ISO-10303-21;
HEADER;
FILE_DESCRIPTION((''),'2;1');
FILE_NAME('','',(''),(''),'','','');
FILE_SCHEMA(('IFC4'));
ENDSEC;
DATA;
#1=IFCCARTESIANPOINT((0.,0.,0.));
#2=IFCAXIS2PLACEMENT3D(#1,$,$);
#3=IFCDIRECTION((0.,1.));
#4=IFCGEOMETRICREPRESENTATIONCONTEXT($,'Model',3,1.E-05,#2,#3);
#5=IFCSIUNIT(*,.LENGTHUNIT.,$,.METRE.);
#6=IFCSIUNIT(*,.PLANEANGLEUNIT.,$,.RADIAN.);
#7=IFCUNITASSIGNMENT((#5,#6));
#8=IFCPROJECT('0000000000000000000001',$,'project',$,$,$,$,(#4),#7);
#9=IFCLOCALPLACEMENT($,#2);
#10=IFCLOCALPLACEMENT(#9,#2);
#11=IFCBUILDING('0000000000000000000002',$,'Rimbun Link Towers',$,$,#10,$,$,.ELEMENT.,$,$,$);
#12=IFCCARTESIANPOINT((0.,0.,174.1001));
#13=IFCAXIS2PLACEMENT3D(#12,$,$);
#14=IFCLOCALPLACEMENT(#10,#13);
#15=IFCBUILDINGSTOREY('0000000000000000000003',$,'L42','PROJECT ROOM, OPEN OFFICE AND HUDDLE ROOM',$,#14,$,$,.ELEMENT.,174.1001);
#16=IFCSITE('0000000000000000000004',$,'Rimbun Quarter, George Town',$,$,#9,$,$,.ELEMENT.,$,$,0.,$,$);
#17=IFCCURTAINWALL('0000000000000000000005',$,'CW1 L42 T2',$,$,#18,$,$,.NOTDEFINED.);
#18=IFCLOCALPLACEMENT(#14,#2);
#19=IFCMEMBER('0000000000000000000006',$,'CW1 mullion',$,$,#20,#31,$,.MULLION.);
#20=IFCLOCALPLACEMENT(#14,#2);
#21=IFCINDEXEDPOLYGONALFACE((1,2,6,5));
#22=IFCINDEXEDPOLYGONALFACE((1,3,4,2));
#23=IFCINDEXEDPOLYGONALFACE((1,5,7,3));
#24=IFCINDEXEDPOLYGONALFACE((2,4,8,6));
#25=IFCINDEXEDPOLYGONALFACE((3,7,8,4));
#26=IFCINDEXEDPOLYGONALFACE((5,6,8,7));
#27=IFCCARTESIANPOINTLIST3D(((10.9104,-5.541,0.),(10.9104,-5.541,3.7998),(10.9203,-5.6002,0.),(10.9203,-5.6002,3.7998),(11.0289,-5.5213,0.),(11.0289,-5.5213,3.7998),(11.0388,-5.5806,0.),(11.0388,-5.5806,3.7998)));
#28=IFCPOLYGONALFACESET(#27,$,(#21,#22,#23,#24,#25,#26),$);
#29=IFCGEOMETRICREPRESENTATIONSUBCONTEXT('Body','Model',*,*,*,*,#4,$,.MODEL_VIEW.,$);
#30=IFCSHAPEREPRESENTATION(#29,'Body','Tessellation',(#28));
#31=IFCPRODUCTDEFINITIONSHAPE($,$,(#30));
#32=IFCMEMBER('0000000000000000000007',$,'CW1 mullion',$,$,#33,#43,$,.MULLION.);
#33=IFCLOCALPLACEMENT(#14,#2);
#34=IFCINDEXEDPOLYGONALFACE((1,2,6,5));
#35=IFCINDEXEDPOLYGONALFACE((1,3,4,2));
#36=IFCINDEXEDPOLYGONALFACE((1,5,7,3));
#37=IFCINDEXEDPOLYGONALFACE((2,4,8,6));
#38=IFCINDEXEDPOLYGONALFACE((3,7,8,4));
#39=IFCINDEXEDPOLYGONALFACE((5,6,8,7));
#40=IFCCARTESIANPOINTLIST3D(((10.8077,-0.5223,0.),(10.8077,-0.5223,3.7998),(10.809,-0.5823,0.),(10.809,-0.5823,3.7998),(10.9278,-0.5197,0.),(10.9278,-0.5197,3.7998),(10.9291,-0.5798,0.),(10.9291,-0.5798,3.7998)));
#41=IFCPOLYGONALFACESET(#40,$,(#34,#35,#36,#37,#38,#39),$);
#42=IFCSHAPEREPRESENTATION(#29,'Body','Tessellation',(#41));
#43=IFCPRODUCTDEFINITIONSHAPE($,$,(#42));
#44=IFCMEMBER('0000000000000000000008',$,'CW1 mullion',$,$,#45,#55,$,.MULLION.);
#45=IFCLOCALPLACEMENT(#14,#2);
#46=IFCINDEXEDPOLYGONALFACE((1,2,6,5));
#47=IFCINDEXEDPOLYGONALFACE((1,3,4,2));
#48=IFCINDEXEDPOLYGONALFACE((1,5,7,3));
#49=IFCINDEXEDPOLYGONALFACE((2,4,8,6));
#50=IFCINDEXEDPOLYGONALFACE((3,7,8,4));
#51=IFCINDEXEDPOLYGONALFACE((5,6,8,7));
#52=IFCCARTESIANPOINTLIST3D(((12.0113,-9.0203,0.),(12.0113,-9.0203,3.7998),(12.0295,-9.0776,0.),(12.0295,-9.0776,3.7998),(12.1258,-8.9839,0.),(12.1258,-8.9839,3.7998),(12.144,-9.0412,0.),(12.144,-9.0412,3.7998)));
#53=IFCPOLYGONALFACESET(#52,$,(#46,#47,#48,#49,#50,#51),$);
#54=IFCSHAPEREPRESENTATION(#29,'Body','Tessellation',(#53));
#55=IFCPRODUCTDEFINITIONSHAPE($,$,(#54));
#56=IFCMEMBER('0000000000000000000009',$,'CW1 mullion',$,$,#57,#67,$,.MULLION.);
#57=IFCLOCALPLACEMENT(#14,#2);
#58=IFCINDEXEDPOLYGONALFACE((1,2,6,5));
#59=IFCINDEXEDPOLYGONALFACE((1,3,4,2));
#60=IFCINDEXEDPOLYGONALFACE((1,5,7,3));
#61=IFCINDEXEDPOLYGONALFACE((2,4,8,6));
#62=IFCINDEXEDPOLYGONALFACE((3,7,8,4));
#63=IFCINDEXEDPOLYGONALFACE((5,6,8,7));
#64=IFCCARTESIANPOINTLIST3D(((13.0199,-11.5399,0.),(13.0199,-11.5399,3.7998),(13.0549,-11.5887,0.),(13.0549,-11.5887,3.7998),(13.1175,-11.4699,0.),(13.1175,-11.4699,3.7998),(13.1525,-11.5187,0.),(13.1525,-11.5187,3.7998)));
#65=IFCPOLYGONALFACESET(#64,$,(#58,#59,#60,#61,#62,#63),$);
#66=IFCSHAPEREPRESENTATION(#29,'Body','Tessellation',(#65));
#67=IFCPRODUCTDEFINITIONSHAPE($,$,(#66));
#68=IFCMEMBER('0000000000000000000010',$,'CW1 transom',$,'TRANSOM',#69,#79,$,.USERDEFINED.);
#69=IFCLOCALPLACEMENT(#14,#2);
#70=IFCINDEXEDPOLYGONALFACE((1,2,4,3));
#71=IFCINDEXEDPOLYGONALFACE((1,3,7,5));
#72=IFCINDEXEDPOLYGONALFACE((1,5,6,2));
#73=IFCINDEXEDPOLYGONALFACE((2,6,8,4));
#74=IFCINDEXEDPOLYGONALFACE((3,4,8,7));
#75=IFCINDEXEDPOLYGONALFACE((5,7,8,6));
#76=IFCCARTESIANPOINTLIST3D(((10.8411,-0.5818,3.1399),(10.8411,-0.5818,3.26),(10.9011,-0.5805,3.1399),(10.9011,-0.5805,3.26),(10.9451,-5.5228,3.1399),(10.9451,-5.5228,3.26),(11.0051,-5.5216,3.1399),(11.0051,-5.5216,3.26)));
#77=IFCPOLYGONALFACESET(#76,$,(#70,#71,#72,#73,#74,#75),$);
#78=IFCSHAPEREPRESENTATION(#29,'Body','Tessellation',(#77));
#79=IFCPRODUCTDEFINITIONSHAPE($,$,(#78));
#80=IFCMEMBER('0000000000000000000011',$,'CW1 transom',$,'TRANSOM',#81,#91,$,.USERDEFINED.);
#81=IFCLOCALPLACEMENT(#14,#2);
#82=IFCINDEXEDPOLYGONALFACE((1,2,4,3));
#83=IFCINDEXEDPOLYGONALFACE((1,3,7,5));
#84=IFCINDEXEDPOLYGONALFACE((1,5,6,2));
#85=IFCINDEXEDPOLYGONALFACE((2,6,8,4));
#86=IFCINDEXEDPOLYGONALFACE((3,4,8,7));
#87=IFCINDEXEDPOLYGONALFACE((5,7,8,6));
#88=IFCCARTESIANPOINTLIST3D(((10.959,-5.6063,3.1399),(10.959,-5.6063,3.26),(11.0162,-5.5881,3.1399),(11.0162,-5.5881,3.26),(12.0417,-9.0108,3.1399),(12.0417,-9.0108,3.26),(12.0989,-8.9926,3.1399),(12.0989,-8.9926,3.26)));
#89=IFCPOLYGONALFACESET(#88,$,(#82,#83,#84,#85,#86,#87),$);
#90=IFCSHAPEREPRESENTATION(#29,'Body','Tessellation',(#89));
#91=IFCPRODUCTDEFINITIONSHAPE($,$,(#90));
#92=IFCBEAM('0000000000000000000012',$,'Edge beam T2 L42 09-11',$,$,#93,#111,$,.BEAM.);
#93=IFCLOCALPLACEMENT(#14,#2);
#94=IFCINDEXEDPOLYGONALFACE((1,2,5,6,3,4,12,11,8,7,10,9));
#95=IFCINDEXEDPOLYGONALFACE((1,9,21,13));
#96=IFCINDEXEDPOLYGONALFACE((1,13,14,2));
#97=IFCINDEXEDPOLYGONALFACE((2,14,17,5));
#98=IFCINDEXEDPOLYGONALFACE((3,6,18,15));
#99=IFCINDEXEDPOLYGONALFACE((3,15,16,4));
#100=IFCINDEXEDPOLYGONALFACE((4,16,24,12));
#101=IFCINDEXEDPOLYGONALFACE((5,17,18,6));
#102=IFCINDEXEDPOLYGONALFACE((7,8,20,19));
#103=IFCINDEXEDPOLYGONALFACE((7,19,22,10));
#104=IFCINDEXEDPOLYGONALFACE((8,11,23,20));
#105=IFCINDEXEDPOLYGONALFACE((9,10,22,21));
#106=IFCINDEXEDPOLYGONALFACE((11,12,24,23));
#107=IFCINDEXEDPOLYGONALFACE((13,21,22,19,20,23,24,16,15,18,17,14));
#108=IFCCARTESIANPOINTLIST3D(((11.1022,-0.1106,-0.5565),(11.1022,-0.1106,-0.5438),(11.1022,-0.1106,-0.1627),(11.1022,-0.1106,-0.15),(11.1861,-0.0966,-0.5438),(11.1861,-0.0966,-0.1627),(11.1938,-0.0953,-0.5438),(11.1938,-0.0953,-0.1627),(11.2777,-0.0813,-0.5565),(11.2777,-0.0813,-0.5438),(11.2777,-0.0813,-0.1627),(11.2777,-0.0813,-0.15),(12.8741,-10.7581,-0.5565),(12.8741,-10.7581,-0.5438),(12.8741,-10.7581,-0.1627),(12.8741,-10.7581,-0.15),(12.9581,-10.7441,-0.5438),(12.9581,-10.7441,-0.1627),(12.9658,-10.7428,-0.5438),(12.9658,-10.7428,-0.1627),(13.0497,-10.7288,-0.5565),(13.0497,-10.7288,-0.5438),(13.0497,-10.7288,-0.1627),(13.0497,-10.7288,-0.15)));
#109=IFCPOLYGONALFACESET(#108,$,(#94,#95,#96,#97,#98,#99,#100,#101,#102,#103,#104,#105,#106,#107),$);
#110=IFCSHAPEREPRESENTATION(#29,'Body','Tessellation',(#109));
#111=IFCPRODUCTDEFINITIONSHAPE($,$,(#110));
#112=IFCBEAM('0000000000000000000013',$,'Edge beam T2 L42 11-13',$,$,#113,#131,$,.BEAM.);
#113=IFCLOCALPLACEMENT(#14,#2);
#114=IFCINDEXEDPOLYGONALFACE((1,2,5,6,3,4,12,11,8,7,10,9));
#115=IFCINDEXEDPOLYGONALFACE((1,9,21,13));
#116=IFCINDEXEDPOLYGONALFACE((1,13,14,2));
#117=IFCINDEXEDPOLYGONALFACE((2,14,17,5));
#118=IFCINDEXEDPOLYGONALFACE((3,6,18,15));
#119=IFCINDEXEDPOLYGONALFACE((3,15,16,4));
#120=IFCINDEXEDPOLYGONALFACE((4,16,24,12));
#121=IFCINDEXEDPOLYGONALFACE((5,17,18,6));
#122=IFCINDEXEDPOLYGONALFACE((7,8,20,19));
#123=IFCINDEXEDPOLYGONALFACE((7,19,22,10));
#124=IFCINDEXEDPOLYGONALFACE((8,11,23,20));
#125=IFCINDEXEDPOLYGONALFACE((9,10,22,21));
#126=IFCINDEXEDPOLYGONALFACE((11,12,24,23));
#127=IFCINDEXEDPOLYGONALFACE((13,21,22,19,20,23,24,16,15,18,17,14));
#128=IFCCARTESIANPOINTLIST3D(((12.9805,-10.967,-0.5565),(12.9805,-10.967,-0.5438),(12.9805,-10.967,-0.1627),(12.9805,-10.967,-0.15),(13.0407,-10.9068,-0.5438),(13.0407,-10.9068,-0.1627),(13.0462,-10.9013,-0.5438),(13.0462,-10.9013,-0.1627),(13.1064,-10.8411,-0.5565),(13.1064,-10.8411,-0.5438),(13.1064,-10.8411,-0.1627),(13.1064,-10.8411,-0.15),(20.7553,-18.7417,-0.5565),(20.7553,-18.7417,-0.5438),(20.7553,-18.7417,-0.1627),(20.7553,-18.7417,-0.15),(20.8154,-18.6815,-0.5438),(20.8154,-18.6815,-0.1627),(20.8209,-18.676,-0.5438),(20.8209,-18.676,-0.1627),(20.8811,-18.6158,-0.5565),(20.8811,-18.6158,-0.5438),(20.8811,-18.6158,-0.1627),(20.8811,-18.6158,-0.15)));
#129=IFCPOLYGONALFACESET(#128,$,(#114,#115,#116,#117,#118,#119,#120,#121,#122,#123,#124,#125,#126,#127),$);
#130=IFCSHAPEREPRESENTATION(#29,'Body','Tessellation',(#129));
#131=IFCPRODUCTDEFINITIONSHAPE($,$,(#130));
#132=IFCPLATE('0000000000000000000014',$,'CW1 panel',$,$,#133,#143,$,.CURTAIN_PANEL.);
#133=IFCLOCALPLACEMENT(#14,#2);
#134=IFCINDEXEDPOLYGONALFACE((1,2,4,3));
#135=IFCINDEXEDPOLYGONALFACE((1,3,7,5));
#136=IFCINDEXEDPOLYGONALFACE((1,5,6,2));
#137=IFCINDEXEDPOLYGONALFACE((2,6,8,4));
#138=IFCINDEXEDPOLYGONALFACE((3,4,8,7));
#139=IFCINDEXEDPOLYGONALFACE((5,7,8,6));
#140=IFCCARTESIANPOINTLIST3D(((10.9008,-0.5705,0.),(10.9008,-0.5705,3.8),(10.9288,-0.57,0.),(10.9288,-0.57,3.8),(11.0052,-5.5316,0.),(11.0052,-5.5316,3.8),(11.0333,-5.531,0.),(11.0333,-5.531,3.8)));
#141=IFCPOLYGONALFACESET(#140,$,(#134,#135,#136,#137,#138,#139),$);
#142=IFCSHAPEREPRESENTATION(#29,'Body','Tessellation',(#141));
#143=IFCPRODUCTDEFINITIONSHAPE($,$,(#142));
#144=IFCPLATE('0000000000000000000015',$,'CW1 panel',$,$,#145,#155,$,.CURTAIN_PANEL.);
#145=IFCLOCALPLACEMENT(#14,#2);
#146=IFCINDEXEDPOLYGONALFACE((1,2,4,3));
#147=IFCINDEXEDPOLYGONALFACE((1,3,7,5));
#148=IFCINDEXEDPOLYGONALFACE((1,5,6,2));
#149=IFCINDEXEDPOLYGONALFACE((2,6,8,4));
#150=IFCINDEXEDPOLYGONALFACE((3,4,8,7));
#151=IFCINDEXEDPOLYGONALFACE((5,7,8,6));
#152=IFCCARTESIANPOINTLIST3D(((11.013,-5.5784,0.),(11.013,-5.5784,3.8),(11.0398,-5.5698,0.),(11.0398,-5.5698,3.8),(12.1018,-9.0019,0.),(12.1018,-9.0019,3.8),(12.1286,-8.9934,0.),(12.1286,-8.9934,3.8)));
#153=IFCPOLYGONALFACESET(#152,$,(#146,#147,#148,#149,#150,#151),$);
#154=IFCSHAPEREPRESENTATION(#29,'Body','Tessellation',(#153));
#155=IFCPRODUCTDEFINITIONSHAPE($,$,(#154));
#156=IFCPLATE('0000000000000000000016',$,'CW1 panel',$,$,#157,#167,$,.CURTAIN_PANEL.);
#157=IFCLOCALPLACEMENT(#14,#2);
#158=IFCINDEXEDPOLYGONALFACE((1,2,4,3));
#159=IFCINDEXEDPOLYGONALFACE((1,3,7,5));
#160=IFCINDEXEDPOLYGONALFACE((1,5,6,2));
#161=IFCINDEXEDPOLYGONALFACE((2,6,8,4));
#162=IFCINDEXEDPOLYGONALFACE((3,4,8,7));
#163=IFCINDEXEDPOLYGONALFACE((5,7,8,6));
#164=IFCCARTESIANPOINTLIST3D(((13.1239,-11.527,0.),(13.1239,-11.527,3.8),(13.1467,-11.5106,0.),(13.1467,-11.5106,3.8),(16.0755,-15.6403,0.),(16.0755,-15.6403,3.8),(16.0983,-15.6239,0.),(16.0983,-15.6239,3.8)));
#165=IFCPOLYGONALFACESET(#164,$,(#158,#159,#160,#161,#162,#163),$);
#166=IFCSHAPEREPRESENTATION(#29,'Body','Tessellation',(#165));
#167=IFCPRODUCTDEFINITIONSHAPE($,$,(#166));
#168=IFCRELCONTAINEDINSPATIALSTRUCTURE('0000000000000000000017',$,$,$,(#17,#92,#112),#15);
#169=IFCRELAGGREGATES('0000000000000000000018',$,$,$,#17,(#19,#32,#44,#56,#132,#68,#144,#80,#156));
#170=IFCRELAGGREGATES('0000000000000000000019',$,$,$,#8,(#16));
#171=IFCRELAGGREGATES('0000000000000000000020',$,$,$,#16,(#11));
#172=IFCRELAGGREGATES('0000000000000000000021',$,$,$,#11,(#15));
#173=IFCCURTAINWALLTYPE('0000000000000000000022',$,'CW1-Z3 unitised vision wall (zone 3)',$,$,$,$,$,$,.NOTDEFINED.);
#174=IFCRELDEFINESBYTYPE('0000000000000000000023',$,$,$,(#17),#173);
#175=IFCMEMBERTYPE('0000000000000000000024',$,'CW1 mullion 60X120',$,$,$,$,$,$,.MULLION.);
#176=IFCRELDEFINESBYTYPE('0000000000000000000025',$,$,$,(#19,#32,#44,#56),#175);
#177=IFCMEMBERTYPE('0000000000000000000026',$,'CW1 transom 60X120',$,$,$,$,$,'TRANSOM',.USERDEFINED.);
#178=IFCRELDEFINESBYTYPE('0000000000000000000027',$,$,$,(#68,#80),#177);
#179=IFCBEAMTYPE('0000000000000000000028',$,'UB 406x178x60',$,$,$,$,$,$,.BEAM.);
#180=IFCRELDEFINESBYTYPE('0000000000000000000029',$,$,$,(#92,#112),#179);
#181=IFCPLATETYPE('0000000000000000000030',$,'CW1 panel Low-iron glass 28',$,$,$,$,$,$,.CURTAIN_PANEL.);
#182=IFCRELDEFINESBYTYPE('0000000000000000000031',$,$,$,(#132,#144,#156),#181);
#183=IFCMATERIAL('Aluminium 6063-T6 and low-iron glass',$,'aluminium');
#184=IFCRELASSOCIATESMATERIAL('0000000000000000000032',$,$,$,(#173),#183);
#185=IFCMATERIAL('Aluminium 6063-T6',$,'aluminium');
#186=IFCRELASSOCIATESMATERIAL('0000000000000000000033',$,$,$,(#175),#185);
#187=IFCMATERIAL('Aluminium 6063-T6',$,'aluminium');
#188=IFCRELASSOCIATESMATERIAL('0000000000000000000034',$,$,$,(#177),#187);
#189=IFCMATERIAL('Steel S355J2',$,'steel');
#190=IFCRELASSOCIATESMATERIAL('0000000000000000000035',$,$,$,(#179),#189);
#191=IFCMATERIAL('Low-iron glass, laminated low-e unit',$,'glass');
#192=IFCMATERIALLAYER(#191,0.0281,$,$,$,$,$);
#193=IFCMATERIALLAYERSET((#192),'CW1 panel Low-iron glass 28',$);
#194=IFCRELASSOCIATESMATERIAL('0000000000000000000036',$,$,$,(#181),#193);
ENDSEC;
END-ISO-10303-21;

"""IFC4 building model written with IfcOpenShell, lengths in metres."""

from ifc_helpers import new_model, si_unit, direction, frame, origin, origin_2d, place, context, subcontext, project, spatial, rectangle, i_section, extrude, material, layer, layer_set, material_profile, profile_set, type_object, element, aggregate, save


model = new_model("IFC4")

# Units and contexts
model_context = context("Model", 3, precision=1e-05, world=origin(), true_north=direction((0.0, 1.0)))
body_context = subcontext(model_context, "Body", "Model", "MODEL_VIEW")
ifc_project = project(units=[si_unit("LENGTHUNIT", "METRE"), si_unit("PLANEANGLEUNIT", "RADIAN")], contexts=[model_context])

# Site, building, storey
site_placement = place(None, origin())
site = spatial("IfcSite", under=ifc_project, at=site_placement, Name="Rimbun Quarter, George Town", CompositionType="ELEMENT", RefElevation=0.0)
building_placement = place(site_placement, origin())
building = spatial("IfcBuilding", under=site, at=building_placement, Name="Rimbun Link Towers", CompositionType="ELEMENT")
storey_placement = place(building_placement, frame((0.0, 0.0, 174.1001)))
storey = spatial("IfcBuildingStorey", under=building, at=storey_placement, Name="L42", Description="PROJECT ROOM, OPEN OFFICE AND HUDDLE ROOM", CompositionType="ELEMENT", Elevation=174.1001)

# Curtain wall, members
ifc_material_1 = material(Name="Aluminium 6063-T6 and low-iron glass", Category="aluminium")
curtain_wall_type = type_object("IfcCurtainWallType", Name="CW1-Z3 unitised vision wall (zone 3)", PredefinedType="NOTDEFINED", material=ifc_material_1)
curtain_wall_placement = place(storey_placement, origin())
curtain_wall = element("IfcCurtainWall", 1, at=curtain_wall_placement, inside=storey, type_object=curtain_wall_type, Name="CW1 L42 T2", PredefinedType="NOTDEFINED")
ifc_material_2 = material(Name="Aluminium 6063-T6", Category="aluminium")
ifc_material_profile_1 = material_profile(ifc_material_2, rectangle(XDim=0.1201, YDim=0.0601, at=origin_2d()), Name="MULLION 60X120")
ifc_profile_set_1 = profile_set([ifc_material_profile_1], Name="Aluminium 6063-T6")
member_type_1 = type_object("IfcMemberType", Name="CW1 mullion 60X120", PredefinedType="MULLION", material=ifc_profile_set_1)
member_1_placement = place(storey_placement, frame((10.9746, -5.5608, 0.0), z_axis=(0.0, 0.0, 1.0), x_axis=(-0.986503, -0.163743, 0.0)))
member_1 = element("IfcMember", 2, at=member_1_placement, type_object=member_type_1, Name="CW1 mullion", PredefinedType="MULLION", context=body_context, shape_type="SweptSolid", body=[
    extrude(rectangle(XDim=0.1201, YDim=0.0601, at=origin_2d()), origin(), (0.0, 0.0, 1.0), 3.7998),
])
member_2_placement = place(storey_placement, frame((10.8684, -0.551, 0.0), z_axis=(0.0, 0.0, 1.0), x_axis=(-0.999778, -0.021055, 0.0)))
member_2 = element("IfcMember", 3, at=member_2_placement, type_object=member_type_1, Name="CW1 mullion", PredefinedType="MULLION", context=body_context, shape_type="SweptSolid", body=[
    extrude(rectangle(XDim=0.1201, YDim=0.0601, at=origin_2d()), origin(), (0.0, 0.0, 1.0), 3.7998),
])
member_3_placement = place(storey_placement, frame((12.0776, -9.0308, 0.0), z_axis=(0.0, 0.0, 1.0), x_axis=(-0.952969, -0.303068, 0.0)))
member_3 = element("IfcMember", 4, at=member_3_placement, type_object=member_type_1, Name="CW1 mullion", PredefinedType="MULLION", context=body_context, shape_type="SweptSolid", body=[
    extrude(rectangle(XDim=0.1201, YDim=0.0601, at=origin_2d()), origin(), (0.0, 0.0, 1.0), 3.7998),
])
member_4_placement = place(storey_placement, frame((13.0862, -11.5293, 0.0), z_axis=(0.0, 0.0, 1.0), x_axis=(-0.812465, -0.583009, 0.0)))
member_4 = element("IfcMember", 5, at=member_4_placement, type_object=member_type_1, Name="CW1 mullion", PredefinedType="MULLION", context=body_context, shape_type="SweptSolid", body=[
    extrude(rectangle(XDim=0.1201, YDim=0.0601, at=origin_2d()), origin(), (0.0, 0.0, 1.0), 3.7998),
])
ifc_material_3 = material(Name="Aluminium 6063-T6", Category="aluminium")
ifc_material_profile_2 = material_profile(ifc_material_3, rectangle(XDim=0.0601, YDim=0.1201, at=origin_2d()), Name="TRANSOM 60X120")
ifc_profile_set_2 = profile_set([ifc_material_profile_2], Name="Aluminium 6063-T6")
member_type_2 = type_object("IfcMemberType", Name="CW1 transom 60X120", ElementType="TRANSOM", PredefinedType="USERDEFINED", material=ifc_profile_set_2)
member_5_placement = place(storey_placement, frame((10.9751, -5.5222, 3.2), z_axis=(-0.021044, 0.999779, 0.0), x_axis=(-0.999779, -0.021044, 0.0)))
member_5 = element("IfcMember", 6, at=member_5_placement, type_object=member_type_2, Name="CW1 transom", ObjectType="TRANSOM", PredefinedType="USERDEFINED", context=body_context, shape_type="SweptSolid", body=[
    extrude(rectangle(XDim=0.0601, YDim=0.1201, at=origin_2d()), origin(), (0.0, 0.0, 1.0), 4.9421),
])
member_6_placement = place(storey_placement, frame((12.0703, -9.0017, 3.2), z_axis=(-0.303077, 0.952966, 0.0), x_axis=(-0.952966, -0.303077, 0.0)))
member_6 = element("IfcMember", 7, at=member_6_placement, type_object=member_type_2, Name="CW1 transom", ObjectType="TRANSOM", PredefinedType="USERDEFINED", context=body_context, shape_type="SweptSolid", body=[
    extrude(rectangle(XDim=0.0601, YDim=0.1201, at=origin_2d()), origin(), (0.0, 0.0, 1.0), 3.5725),
])

# Beams
ifc_material_4 = material(Name="Steel S355J2", Category="steel")
ifc_material_profile_3 = material_profile(ifc_material_4, i_section(OverallWidth=0.178, OverallDepth=0.4065, WebThickness=0.0078, FlangeThickness=0.0127, at=origin_2d()), Name="UB 406x178x60")
ifc_profile_set_3 = profile_set([ifc_material_profile_3], Name="Steel S355J2")
beam_type = type_object("IfcBeamType", Name="UB 406x178x60", PredefinedType="BEAM", material=ifc_profile_set_3)
beam_1_placement = place(storey_placement, frame((11.1899, -0.0959, -0.3533), z_axis=(0.164164, -0.986433, 0.0), x_axis=(0.986433, 0.164164, 0.0)))
element("IfcBeam", 8, at=beam_1_placement, inside=storey, type_object=beam_type, Name="Edge beam T2 L42 09-11", PredefinedType="BEAM", context=body_context, shape_type="SweptSolid", body=[
    extrude(i_section(OverallWidth=0.178, OverallDepth=0.4065, WebThickness=0.0078, FlangeThickness=0.0127, at=origin_2d()), origin(), (0.0, 0.0, 1.0), 10.7939),
])
beam_2_placement = place(storey_placement, frame((13.0435, -10.9041, -0.3533), z_axis=(0.707107, -0.707107, 0.0), x_axis=(0.707107, 0.707107, 0.0)))
element("IfcBeam", 9, at=beam_2_placement, inside=storey, type_object=beam_type, Name="Edge beam T2 L42 11-13", PredefinedType="BEAM", context=body_context, shape_type="SweptSolid", body=[
    extrude(i_section(OverallWidth=0.178, OverallDepth=0.4065, WebThickness=0.0078, FlangeThickness=0.0127, at=origin_2d()), origin(), (0.0, 0.0, 1.0), 10.9951),
])

# Plates
ifc_material_5 = material(Name="Low-iron glass, laminated low-e unit", Category="glass")
ifc_layer_1 = layer(ifc_material_5, 0.0281)
ifc_layer_set_1 = layer_set([ifc_layer_1], Name="CW1 panel Low-iron glass 28")
plate_type = type_object("IfcPlateType", Name="CW1 panel Low-iron glass 28", PredefinedType="CURTAIN_PANEL", material=ifc_layer_set_1)
plate_1_placement = place(storey_placement, frame((10.967, -3.0508, 0.0), z_axis=(0.0, 0.0, 1.0), x_axis=(-0.021055, 0.999778, 0.0)))
plate_1 = element("IfcPlate", 10, at=plate_1_placement, type_object=plate_type, Name="CW1 panel", PredefinedType="CURTAIN_PANEL", context=body_context, shape_type="SweptSolid", body=[
    extrude(rectangle(XDim=4.9622, YDim=0.0281, at=origin_2d()), origin(), (0.0, 0.0, 1.0), 3.8),
])
plate_2_placement = place(storey_placement, frame((11.5708, -7.2859, 0.0), z_axis=(0.0, 0.0, 1.0), x_axis=(-0.303068, 0.952969, 0.0)))
plate_2 = element("IfcPlate", 11, at=plate_2_placement, type_object=plate_type, Name="CW1 panel", PredefinedType="CURTAIN_PANEL", context=body_context, shape_type="SweptSolid", body=[
    extrude(rectangle(XDim=3.5925, YDim=0.0281, at=origin_2d()), origin(), (0.0, 0.0, 1.0), 3.8),
])
plate_3_placement = place(storey_placement, frame((14.6111, -13.5754, 0.0), z_axis=(0.0, 0.0, 1.0), x_axis=(-0.583009, 0.812465, 0.0)))
plate_3 = element("IfcPlate", 12, at=plate_3_placement, type_object=plate_type, Name="CW1 panel", PredefinedType="CURTAIN_PANEL", context=body_context, shape_type="SweptSolid", body=[
    extrude(rectangle(XDim=5.0627, YDim=0.0281, at=origin_2d()), origin(), (0.0, 0.0, 1.0), 3.8),
])
aggregate(curtain_wall, [member_1, member_2, member_3, member_4, plate_1, member_5, plate_2, member_6, plate_3])

save(model, "model.ifc")
